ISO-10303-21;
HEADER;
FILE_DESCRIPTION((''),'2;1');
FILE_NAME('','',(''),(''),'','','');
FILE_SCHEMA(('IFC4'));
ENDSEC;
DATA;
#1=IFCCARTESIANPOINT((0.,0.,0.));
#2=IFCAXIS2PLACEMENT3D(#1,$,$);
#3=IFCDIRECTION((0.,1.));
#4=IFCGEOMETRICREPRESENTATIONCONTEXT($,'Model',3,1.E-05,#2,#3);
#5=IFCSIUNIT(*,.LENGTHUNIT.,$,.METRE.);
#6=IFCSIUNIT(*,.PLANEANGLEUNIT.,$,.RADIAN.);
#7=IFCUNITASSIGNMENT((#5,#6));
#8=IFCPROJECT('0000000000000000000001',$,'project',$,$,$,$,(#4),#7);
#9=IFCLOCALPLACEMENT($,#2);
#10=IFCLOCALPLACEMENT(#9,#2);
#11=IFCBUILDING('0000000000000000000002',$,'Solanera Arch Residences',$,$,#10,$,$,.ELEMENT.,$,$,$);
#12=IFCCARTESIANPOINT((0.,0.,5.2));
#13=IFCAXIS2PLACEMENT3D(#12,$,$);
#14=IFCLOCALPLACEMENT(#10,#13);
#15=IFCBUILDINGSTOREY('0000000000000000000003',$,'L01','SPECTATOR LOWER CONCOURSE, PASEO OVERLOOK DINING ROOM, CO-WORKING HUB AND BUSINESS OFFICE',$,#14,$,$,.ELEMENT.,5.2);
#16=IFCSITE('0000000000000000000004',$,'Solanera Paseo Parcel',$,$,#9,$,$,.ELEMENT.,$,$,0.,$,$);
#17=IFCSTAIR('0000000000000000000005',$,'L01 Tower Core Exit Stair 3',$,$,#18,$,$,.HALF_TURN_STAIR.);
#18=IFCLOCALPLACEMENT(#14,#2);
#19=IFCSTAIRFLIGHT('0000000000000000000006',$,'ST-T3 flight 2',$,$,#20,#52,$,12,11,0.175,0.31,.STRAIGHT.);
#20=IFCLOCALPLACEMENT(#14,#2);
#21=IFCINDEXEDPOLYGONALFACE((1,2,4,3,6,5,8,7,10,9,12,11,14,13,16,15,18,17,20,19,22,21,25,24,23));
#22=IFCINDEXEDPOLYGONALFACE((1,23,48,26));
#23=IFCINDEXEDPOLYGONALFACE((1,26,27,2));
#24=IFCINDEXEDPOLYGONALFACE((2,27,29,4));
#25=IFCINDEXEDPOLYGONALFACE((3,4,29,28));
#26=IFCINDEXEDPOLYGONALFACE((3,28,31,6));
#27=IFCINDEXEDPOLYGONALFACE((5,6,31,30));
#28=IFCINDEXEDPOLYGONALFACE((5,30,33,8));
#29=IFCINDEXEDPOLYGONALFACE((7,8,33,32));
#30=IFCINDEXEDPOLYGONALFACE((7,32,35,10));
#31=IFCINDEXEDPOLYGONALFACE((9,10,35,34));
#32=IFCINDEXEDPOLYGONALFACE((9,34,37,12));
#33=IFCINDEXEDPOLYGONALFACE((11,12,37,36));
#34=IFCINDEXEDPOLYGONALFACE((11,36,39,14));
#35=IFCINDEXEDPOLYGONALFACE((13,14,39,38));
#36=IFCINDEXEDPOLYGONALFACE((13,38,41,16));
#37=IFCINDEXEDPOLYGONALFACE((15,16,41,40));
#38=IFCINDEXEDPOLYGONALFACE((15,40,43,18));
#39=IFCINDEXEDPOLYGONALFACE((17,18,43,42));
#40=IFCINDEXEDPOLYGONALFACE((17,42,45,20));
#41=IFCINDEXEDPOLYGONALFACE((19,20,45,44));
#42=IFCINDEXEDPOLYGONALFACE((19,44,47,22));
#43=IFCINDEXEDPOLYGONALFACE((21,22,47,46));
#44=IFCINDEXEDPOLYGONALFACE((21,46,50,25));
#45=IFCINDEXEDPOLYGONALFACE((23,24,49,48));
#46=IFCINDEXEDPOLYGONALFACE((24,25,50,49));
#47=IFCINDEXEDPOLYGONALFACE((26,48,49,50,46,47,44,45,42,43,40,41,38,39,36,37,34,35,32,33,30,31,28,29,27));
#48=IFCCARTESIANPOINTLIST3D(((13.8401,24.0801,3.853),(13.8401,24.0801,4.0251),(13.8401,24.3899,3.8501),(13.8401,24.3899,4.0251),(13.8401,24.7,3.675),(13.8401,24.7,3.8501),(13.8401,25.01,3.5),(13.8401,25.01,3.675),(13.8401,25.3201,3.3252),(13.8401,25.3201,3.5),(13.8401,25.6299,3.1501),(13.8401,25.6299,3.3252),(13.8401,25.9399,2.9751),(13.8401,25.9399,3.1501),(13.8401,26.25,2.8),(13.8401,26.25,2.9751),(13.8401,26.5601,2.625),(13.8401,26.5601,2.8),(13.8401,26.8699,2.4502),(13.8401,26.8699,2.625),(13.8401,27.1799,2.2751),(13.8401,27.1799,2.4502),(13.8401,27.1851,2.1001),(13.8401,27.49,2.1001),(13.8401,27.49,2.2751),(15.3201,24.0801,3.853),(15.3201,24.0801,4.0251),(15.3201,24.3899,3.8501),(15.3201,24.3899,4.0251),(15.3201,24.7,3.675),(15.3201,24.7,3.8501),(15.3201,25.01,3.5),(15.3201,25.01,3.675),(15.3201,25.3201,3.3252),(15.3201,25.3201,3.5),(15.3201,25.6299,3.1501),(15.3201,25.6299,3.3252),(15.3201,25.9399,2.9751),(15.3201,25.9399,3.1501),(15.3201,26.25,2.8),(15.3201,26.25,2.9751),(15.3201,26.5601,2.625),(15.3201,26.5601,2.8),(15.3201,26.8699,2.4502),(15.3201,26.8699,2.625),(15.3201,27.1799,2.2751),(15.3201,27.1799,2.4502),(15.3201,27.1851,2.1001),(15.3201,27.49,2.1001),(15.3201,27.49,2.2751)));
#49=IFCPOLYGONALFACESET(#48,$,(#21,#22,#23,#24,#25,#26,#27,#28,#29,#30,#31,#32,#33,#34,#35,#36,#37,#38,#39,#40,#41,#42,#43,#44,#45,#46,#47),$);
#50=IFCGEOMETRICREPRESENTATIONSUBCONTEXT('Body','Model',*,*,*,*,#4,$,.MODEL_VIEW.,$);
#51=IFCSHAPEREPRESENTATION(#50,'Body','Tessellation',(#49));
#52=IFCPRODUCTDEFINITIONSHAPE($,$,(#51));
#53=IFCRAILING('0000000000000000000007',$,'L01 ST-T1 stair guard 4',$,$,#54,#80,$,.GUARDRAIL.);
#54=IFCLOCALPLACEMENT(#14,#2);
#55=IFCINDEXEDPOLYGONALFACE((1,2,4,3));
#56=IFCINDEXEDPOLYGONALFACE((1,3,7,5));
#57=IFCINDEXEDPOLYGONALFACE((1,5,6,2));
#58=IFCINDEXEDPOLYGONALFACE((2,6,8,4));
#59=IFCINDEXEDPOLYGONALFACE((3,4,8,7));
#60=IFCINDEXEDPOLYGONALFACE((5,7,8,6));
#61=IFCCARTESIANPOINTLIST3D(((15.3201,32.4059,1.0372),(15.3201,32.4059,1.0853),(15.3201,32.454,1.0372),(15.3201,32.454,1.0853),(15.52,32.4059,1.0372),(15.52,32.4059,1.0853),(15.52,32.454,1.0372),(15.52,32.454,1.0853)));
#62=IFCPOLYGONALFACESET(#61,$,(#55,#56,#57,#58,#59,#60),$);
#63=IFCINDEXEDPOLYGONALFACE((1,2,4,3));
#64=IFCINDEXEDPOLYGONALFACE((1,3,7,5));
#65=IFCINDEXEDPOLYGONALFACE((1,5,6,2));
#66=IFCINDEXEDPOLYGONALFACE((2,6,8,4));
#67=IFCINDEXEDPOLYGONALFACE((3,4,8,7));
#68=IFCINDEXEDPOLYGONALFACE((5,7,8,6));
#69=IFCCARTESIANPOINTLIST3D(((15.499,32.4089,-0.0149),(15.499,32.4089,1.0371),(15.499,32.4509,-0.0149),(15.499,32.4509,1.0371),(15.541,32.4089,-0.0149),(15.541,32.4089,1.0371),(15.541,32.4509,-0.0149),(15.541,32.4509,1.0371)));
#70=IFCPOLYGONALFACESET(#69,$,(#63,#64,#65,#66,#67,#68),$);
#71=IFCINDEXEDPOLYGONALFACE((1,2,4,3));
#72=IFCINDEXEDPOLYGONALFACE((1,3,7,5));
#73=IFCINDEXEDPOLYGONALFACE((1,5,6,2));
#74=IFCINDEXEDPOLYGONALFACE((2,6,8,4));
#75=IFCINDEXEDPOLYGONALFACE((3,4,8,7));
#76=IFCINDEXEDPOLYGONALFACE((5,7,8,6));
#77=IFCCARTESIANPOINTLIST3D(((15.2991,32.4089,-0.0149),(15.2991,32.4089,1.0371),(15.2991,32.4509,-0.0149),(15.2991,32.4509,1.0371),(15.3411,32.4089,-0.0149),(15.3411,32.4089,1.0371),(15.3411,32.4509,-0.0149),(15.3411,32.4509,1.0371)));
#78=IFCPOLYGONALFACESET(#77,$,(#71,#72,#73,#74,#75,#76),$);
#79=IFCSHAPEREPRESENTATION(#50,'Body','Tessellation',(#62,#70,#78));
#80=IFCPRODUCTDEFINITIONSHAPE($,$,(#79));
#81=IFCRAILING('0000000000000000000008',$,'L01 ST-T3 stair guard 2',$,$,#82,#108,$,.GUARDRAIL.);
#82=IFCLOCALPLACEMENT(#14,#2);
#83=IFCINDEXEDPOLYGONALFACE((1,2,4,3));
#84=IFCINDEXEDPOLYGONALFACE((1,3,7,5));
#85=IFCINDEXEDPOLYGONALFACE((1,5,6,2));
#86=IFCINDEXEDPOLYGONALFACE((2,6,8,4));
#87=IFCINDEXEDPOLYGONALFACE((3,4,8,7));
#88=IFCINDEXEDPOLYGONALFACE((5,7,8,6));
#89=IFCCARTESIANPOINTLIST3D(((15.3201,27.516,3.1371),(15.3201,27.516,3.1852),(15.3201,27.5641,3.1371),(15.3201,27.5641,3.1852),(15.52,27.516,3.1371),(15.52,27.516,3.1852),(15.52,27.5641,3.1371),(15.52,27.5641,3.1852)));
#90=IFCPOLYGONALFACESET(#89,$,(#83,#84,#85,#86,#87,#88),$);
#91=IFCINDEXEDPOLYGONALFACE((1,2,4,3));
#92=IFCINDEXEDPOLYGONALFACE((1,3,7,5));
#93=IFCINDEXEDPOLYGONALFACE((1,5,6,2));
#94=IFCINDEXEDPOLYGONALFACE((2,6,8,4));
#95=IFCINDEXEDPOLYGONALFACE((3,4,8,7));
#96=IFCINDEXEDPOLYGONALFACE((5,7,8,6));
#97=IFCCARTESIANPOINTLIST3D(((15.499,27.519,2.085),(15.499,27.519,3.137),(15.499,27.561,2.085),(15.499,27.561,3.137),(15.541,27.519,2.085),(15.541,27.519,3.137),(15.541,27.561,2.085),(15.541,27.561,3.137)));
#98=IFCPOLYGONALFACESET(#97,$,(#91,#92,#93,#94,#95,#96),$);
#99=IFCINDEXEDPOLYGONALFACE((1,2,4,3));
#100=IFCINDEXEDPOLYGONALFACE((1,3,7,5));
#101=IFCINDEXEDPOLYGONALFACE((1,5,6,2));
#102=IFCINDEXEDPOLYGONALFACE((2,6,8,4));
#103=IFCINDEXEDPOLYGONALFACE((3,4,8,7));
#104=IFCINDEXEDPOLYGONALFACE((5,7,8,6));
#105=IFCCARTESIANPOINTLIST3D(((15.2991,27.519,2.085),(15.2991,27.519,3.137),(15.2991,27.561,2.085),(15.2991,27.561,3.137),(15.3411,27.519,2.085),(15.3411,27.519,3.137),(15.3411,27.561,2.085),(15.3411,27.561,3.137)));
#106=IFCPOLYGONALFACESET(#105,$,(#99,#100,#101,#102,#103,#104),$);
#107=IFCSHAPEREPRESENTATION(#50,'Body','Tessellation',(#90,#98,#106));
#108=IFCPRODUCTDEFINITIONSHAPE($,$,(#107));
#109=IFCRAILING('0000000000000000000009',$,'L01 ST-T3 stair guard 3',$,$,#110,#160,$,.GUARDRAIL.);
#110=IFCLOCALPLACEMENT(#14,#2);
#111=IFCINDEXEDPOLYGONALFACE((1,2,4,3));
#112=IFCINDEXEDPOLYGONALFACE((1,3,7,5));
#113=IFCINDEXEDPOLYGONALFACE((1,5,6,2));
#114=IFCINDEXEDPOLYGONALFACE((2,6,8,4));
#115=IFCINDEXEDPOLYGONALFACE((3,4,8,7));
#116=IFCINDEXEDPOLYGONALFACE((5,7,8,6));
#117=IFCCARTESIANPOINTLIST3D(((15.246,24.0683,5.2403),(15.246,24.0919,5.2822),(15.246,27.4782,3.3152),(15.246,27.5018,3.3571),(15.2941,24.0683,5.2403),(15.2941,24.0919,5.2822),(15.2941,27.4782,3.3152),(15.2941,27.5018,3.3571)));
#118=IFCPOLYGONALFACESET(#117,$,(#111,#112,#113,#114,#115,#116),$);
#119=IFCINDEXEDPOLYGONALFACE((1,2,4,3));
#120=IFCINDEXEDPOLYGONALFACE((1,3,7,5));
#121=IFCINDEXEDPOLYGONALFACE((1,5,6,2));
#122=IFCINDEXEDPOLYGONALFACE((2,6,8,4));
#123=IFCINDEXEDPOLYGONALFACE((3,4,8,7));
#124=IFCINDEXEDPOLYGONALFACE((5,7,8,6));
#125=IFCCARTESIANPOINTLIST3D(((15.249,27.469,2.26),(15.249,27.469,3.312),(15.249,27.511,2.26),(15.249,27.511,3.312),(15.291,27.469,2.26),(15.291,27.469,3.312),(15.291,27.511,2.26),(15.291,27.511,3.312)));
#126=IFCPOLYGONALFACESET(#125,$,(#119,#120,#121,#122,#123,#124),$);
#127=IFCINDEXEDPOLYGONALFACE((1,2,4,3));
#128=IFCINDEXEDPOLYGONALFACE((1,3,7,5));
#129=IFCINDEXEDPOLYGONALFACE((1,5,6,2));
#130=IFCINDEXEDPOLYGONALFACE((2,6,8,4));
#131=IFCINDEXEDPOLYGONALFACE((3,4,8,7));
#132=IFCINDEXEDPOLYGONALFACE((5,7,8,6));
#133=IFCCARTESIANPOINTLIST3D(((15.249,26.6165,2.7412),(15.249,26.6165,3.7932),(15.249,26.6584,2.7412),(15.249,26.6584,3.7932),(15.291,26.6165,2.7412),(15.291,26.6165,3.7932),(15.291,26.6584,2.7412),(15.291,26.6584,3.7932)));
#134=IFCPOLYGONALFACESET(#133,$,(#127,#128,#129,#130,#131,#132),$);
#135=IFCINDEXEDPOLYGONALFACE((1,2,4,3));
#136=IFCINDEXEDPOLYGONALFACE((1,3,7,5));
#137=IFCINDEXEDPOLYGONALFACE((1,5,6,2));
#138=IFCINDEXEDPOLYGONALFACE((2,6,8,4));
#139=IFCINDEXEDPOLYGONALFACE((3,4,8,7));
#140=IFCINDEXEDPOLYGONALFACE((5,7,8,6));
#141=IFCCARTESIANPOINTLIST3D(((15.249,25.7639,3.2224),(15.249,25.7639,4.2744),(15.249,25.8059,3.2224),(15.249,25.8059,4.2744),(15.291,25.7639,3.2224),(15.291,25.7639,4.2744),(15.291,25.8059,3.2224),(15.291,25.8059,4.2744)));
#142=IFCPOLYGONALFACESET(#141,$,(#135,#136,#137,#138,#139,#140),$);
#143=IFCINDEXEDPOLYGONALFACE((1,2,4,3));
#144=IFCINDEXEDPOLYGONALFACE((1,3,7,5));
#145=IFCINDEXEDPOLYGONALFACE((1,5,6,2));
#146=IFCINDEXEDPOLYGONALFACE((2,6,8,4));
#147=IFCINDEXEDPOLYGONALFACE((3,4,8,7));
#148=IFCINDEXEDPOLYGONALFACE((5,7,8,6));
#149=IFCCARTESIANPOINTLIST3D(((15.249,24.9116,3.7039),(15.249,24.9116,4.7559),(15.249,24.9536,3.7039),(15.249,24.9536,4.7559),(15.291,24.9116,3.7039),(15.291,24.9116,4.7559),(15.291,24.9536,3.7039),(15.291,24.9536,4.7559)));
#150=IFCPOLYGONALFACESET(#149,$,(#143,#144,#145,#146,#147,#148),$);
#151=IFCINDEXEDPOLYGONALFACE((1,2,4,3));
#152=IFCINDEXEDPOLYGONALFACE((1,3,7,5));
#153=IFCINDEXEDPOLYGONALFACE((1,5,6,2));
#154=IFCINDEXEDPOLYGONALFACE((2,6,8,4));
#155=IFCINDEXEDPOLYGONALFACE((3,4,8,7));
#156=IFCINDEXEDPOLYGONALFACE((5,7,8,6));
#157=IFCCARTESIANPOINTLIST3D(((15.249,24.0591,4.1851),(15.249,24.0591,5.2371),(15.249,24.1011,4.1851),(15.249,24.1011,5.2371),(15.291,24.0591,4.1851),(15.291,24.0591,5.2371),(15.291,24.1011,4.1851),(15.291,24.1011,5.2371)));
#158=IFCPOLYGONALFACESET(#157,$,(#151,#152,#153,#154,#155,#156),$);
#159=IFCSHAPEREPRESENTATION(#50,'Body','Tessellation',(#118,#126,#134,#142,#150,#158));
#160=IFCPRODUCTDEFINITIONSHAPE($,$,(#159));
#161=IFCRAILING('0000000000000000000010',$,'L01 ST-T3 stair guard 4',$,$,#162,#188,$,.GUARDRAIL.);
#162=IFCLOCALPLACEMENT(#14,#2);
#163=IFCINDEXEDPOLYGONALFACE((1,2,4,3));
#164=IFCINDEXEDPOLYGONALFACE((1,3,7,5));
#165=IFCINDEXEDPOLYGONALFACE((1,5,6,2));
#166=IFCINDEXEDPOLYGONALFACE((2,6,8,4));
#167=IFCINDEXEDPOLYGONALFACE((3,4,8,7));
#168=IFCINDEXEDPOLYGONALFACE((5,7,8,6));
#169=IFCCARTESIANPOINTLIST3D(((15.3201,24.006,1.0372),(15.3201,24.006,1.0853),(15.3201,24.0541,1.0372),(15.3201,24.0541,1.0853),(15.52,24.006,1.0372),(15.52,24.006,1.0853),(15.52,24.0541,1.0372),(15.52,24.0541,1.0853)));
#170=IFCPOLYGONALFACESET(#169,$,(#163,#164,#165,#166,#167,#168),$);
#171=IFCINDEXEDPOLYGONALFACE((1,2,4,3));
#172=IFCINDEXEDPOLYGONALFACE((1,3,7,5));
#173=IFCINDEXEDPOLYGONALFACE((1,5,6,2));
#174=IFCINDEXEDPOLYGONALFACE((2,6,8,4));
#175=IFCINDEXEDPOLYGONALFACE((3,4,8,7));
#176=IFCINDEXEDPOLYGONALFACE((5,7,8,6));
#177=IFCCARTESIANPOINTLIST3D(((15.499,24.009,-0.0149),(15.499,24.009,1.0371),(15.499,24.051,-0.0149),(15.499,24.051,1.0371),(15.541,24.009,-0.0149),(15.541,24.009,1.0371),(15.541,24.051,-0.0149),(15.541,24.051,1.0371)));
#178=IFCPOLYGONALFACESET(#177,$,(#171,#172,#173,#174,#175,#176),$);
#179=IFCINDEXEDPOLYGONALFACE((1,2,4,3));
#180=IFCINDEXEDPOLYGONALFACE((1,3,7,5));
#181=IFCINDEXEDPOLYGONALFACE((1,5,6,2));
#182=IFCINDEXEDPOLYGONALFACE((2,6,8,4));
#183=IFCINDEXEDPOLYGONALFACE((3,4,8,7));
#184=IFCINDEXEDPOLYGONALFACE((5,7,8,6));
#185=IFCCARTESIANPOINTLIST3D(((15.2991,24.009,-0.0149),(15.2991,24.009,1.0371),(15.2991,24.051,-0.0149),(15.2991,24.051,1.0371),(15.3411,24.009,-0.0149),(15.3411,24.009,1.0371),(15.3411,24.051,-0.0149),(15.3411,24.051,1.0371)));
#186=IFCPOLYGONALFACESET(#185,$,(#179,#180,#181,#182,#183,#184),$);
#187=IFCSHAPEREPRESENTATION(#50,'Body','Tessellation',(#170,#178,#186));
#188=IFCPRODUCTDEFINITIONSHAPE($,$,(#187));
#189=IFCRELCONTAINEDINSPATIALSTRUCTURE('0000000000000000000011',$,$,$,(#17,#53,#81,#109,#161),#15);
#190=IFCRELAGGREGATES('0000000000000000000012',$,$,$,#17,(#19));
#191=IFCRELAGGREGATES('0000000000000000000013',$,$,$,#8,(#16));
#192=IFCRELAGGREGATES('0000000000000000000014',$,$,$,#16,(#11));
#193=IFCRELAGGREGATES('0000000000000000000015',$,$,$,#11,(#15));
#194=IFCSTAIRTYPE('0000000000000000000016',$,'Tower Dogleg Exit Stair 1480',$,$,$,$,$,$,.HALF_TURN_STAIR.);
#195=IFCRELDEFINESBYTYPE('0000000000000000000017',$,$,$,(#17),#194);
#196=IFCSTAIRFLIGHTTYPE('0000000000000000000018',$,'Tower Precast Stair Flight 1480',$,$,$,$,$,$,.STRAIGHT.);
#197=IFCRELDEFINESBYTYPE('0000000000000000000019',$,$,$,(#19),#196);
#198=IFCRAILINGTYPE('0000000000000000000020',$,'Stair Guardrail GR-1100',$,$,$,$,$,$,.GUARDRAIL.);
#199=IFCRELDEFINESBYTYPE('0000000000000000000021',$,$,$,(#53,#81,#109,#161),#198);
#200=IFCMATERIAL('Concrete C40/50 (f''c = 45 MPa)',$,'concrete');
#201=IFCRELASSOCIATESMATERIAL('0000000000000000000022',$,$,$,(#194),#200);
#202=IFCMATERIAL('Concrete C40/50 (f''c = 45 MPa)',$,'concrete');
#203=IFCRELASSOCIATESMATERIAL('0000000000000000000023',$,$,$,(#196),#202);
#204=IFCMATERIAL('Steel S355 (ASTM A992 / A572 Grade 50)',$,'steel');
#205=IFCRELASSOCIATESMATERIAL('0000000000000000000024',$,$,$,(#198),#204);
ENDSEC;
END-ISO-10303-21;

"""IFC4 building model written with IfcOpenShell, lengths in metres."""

from ifc_helpers import new_model, si_unit, direction, frame, origin, origin_2d, place, context, subcontext, project, spatial, polyline, rectangle, outline, extrude, material, type_object, element, aggregate, save


model = new_model("IFC4")

# Units and contexts
model_context = context("Model", 3, precision=1e-05, world=origin(), true_north=direction((0.0, 1.0)))
body_context = subcontext(model_context, "Body", "Model", "MODEL_VIEW")
ifc_project = project(units=[si_unit("LENGTHUNIT", "METRE"), si_unit("PLANEANGLEUNIT", "RADIAN")], contexts=[model_context])

# Site, building, storey
site_placement = place(None, origin())
site = spatial("IfcSite", under=ifc_project, at=site_placement, Name="Solanera Paseo Parcel", CompositionType="ELEMENT", RefElevation=0.0)
building_placement = place(site_placement, origin())
building = spatial("IfcBuilding", under=site, at=building_placement, Name="Solanera Arch Residences", CompositionType="ELEMENT")
storey_placement = place(building_placement, frame((0.0, 0.0, 5.2)))
storey = spatial("IfcBuildingStorey", under=building, at=storey_placement, Name="L01", Description="SPECTATOR LOWER CONCOURSE, PASEO OVERLOOK DINING ROOM, CO-WORKING HUB AND BUSINESS OFFICE", CompositionType="ELEMENT", Elevation=5.2)

# Stair, stair flight
ifc_material_1 = material(Name="Concrete C40/50 (f'c = 45 MPa)", Category="concrete")
stair_type = type_object("IfcStairType", Name="Tower Dogleg Exit Stair 1480", PredefinedType="HALF_TURN_STAIR", material=ifc_material_1)
stair_placement = place(storey_placement, origin())
stair = element("IfcStair", 1, at=stair_placement, inside=storey, type_object=stair_type, Name="L01 Tower Core Exit Stair 3", PredefinedType="HALF_TURN_STAIR")
ifc_material_2 = material(Name="Concrete C40/50 (f'c = 45 MPa)", Category="concrete")
stair_flight_type = type_object("IfcStairFlightType", Name="Tower Precast Stair Flight 1480", PredefinedType="STRAIGHT", material=ifc_material_2)
stair_flight_placement = place(storey_placement, frame((14.5801, 27.49, 2.1001), z_axis=(0.0, 0.0, 1.0), x_axis=(0.0, -1.0, 0.0)))
stair_flight = element("IfcStairFlight", 2, at=stair_flight_placement, type_object=stair_flight_type, Name="ST-T3 flight 2", NumberOfRisers=12, NumberOfTreads=11, PredefinedType="STRAIGHT", RiserHeight=0.175, TreadLength=0.31, context=body_context, shape_type="SweptSolid", body=[
    extrude(outline(polyline([(0.0, 0.0), (0.0, 0.175), (0.3101, 0.175), (0.3101, 0.3501), (0.6201, 0.3501), (0.6201, 0.5249), (0.9299, 0.5249), (0.9299, 0.7), (1.24, 0.7), (1.24, 0.875), (1.55, 0.875), (1.55, 1.05), (1.8601, 1.05), (1.8601, 1.2251), (2.1699, 1.2251), (2.1699, 1.3999), (2.48, 1.3999), (2.48, 1.575), (2.79, 1.575), (2.79, 1.75), (3.1001, 1.75), (3.1001, 1.925), (3.4099, 1.925), (3.4099, 2.1001), (3.4099, 1.7529), (0.3049, 0.0), (0.0, 0.0)])), frame((0.0, 0.74, 0.0), z_axis=(0.0, -1.0, 0.0), x_axis=(1.0, 0.0, 0.0)), (0.0, 0.0, 1.0), 1.48),
])
aggregate(stair, [stair_flight])

# Railings
ifc_material_3 = material(Name="Steel S355 (ASTM A992 / A572 Grade 50)", Category="steel")
railing_type_1 = type_object("IfcRailingType", Name="Stair Guardrail GR-1100", PredefinedType="GUARDRAIL", material=ifc_material_3)
for number, where, name in (
    (3, (15.52, 32.4299, -0.0149), "L01 ST-T1 stair guard 4"),
    (4, (15.52, 27.54, 2.085), "L01 ST-T3 stair guard 2"),
):
    element("IfcRailing", number, at=place(storey_placement, frame(where)), inside=storey, type_object=railing_type_1, Name=name, PredefinedType="GUARDRAIL", context=body_context, shape_type="SweptSolid", body=[
        extrude(rectangle(XDim=0.0481, YDim=0.0481, at=origin_2d()), frame((0.0, 0.0, 1.0762), z_axis=(-1.0, 0.0, 0.0), x_axis=(0.0, -1.0, 0.0)), (0.0, 0.0, 1.0), 0.2),
        extrude(rectangle(XDim=0.042, YDim=0.042, at=origin_2d()), origin(), (0.0, 0.0, 1.0), 1.052),
        extrude(rectangle(XDim=0.042, YDim=0.042, at=origin_2d()), frame((-0.2, 0.0, 0.0)), (0.0, 0.0, 1.0), 1.052),
    ])
railing_1_placement = place(storey_placement, frame((15.27, 27.49, 2.26)))
element("IfcRailing", 5, at=railing_1_placement, inside=storey, type_object=railing_type_1, Name="L01 ST-T3 stair guard 3", PredefinedType="GUARDRAIL", context=body_context, shape_type="SweptSolid", body=[
    extrude(rectangle(XDim=0.0481, YDim=0.0481, at=origin_2d()), frame((0.0, 0.0, 1.0762), z_axis=(0.0, -0.870814, 0.491613), x_axis=(1.0, 0.0, 0.0)), (0.0, 0.0, 1.0), 3.9158),
    extrude(rectangle(XDim=0.042, YDim=0.042, at=origin_2d()), origin(), (0.0, 0.0, 1.0), 1.052),
    extrude(rectangle(XDim=0.042, YDim=0.042, at=origin_2d()), frame((0.0, -0.8525, 0.4812)), (0.0, 0.0, 1.0), 1.052),
    extrude(rectangle(XDim=0.042, YDim=0.042, at=origin_2d()), frame((0.0, -1.7051, 0.9624)), (0.0, 0.0, 1.0), 1.052),
    extrude(rectangle(XDim=0.042, YDim=0.042, at=origin_2d()), frame((0.0, -2.5574, 1.4438)), (0.0, 0.0, 1.0), 1.052),
    extrude(rectangle(XDim=0.042, YDim=0.042, at=origin_2d()), frame((0.0, -3.4099, 1.925)), (0.0, 0.0, 1.0), 1.052),
])
railing_2_placement = place(storey_placement, frame((15.52, 24.03, -0.0149)))
element("IfcRailing", 6, at=railing_2_placement, inside=storey, type_object=railing_type_1, Name="L01 ST-T3 stair guard 4", PredefinedType="GUARDRAIL", context=body_context, shape_type="SweptSolid", body=[
    extrude(rectangle(XDim=0.0481, YDim=0.0481, at=origin_2d()), frame((0.0, 0.0, 1.0762), z_axis=(-1.0, 0.0, 0.0), x_axis=(0.0, -1.0, 0.0)), (0.0, 0.0, 1.0), 0.2),
    extrude(rectangle(XDim=0.042, YDim=0.042, at=origin_2d()), origin(), (0.0, 0.0, 1.0), 1.052),
    extrude(rectangle(XDim=0.042, YDim=0.042, at=origin_2d()), frame((-0.2, 0.0, 0.0)), (0.0, 0.0, 1.0), 1.052),
])

save(model, "model.ifc")
